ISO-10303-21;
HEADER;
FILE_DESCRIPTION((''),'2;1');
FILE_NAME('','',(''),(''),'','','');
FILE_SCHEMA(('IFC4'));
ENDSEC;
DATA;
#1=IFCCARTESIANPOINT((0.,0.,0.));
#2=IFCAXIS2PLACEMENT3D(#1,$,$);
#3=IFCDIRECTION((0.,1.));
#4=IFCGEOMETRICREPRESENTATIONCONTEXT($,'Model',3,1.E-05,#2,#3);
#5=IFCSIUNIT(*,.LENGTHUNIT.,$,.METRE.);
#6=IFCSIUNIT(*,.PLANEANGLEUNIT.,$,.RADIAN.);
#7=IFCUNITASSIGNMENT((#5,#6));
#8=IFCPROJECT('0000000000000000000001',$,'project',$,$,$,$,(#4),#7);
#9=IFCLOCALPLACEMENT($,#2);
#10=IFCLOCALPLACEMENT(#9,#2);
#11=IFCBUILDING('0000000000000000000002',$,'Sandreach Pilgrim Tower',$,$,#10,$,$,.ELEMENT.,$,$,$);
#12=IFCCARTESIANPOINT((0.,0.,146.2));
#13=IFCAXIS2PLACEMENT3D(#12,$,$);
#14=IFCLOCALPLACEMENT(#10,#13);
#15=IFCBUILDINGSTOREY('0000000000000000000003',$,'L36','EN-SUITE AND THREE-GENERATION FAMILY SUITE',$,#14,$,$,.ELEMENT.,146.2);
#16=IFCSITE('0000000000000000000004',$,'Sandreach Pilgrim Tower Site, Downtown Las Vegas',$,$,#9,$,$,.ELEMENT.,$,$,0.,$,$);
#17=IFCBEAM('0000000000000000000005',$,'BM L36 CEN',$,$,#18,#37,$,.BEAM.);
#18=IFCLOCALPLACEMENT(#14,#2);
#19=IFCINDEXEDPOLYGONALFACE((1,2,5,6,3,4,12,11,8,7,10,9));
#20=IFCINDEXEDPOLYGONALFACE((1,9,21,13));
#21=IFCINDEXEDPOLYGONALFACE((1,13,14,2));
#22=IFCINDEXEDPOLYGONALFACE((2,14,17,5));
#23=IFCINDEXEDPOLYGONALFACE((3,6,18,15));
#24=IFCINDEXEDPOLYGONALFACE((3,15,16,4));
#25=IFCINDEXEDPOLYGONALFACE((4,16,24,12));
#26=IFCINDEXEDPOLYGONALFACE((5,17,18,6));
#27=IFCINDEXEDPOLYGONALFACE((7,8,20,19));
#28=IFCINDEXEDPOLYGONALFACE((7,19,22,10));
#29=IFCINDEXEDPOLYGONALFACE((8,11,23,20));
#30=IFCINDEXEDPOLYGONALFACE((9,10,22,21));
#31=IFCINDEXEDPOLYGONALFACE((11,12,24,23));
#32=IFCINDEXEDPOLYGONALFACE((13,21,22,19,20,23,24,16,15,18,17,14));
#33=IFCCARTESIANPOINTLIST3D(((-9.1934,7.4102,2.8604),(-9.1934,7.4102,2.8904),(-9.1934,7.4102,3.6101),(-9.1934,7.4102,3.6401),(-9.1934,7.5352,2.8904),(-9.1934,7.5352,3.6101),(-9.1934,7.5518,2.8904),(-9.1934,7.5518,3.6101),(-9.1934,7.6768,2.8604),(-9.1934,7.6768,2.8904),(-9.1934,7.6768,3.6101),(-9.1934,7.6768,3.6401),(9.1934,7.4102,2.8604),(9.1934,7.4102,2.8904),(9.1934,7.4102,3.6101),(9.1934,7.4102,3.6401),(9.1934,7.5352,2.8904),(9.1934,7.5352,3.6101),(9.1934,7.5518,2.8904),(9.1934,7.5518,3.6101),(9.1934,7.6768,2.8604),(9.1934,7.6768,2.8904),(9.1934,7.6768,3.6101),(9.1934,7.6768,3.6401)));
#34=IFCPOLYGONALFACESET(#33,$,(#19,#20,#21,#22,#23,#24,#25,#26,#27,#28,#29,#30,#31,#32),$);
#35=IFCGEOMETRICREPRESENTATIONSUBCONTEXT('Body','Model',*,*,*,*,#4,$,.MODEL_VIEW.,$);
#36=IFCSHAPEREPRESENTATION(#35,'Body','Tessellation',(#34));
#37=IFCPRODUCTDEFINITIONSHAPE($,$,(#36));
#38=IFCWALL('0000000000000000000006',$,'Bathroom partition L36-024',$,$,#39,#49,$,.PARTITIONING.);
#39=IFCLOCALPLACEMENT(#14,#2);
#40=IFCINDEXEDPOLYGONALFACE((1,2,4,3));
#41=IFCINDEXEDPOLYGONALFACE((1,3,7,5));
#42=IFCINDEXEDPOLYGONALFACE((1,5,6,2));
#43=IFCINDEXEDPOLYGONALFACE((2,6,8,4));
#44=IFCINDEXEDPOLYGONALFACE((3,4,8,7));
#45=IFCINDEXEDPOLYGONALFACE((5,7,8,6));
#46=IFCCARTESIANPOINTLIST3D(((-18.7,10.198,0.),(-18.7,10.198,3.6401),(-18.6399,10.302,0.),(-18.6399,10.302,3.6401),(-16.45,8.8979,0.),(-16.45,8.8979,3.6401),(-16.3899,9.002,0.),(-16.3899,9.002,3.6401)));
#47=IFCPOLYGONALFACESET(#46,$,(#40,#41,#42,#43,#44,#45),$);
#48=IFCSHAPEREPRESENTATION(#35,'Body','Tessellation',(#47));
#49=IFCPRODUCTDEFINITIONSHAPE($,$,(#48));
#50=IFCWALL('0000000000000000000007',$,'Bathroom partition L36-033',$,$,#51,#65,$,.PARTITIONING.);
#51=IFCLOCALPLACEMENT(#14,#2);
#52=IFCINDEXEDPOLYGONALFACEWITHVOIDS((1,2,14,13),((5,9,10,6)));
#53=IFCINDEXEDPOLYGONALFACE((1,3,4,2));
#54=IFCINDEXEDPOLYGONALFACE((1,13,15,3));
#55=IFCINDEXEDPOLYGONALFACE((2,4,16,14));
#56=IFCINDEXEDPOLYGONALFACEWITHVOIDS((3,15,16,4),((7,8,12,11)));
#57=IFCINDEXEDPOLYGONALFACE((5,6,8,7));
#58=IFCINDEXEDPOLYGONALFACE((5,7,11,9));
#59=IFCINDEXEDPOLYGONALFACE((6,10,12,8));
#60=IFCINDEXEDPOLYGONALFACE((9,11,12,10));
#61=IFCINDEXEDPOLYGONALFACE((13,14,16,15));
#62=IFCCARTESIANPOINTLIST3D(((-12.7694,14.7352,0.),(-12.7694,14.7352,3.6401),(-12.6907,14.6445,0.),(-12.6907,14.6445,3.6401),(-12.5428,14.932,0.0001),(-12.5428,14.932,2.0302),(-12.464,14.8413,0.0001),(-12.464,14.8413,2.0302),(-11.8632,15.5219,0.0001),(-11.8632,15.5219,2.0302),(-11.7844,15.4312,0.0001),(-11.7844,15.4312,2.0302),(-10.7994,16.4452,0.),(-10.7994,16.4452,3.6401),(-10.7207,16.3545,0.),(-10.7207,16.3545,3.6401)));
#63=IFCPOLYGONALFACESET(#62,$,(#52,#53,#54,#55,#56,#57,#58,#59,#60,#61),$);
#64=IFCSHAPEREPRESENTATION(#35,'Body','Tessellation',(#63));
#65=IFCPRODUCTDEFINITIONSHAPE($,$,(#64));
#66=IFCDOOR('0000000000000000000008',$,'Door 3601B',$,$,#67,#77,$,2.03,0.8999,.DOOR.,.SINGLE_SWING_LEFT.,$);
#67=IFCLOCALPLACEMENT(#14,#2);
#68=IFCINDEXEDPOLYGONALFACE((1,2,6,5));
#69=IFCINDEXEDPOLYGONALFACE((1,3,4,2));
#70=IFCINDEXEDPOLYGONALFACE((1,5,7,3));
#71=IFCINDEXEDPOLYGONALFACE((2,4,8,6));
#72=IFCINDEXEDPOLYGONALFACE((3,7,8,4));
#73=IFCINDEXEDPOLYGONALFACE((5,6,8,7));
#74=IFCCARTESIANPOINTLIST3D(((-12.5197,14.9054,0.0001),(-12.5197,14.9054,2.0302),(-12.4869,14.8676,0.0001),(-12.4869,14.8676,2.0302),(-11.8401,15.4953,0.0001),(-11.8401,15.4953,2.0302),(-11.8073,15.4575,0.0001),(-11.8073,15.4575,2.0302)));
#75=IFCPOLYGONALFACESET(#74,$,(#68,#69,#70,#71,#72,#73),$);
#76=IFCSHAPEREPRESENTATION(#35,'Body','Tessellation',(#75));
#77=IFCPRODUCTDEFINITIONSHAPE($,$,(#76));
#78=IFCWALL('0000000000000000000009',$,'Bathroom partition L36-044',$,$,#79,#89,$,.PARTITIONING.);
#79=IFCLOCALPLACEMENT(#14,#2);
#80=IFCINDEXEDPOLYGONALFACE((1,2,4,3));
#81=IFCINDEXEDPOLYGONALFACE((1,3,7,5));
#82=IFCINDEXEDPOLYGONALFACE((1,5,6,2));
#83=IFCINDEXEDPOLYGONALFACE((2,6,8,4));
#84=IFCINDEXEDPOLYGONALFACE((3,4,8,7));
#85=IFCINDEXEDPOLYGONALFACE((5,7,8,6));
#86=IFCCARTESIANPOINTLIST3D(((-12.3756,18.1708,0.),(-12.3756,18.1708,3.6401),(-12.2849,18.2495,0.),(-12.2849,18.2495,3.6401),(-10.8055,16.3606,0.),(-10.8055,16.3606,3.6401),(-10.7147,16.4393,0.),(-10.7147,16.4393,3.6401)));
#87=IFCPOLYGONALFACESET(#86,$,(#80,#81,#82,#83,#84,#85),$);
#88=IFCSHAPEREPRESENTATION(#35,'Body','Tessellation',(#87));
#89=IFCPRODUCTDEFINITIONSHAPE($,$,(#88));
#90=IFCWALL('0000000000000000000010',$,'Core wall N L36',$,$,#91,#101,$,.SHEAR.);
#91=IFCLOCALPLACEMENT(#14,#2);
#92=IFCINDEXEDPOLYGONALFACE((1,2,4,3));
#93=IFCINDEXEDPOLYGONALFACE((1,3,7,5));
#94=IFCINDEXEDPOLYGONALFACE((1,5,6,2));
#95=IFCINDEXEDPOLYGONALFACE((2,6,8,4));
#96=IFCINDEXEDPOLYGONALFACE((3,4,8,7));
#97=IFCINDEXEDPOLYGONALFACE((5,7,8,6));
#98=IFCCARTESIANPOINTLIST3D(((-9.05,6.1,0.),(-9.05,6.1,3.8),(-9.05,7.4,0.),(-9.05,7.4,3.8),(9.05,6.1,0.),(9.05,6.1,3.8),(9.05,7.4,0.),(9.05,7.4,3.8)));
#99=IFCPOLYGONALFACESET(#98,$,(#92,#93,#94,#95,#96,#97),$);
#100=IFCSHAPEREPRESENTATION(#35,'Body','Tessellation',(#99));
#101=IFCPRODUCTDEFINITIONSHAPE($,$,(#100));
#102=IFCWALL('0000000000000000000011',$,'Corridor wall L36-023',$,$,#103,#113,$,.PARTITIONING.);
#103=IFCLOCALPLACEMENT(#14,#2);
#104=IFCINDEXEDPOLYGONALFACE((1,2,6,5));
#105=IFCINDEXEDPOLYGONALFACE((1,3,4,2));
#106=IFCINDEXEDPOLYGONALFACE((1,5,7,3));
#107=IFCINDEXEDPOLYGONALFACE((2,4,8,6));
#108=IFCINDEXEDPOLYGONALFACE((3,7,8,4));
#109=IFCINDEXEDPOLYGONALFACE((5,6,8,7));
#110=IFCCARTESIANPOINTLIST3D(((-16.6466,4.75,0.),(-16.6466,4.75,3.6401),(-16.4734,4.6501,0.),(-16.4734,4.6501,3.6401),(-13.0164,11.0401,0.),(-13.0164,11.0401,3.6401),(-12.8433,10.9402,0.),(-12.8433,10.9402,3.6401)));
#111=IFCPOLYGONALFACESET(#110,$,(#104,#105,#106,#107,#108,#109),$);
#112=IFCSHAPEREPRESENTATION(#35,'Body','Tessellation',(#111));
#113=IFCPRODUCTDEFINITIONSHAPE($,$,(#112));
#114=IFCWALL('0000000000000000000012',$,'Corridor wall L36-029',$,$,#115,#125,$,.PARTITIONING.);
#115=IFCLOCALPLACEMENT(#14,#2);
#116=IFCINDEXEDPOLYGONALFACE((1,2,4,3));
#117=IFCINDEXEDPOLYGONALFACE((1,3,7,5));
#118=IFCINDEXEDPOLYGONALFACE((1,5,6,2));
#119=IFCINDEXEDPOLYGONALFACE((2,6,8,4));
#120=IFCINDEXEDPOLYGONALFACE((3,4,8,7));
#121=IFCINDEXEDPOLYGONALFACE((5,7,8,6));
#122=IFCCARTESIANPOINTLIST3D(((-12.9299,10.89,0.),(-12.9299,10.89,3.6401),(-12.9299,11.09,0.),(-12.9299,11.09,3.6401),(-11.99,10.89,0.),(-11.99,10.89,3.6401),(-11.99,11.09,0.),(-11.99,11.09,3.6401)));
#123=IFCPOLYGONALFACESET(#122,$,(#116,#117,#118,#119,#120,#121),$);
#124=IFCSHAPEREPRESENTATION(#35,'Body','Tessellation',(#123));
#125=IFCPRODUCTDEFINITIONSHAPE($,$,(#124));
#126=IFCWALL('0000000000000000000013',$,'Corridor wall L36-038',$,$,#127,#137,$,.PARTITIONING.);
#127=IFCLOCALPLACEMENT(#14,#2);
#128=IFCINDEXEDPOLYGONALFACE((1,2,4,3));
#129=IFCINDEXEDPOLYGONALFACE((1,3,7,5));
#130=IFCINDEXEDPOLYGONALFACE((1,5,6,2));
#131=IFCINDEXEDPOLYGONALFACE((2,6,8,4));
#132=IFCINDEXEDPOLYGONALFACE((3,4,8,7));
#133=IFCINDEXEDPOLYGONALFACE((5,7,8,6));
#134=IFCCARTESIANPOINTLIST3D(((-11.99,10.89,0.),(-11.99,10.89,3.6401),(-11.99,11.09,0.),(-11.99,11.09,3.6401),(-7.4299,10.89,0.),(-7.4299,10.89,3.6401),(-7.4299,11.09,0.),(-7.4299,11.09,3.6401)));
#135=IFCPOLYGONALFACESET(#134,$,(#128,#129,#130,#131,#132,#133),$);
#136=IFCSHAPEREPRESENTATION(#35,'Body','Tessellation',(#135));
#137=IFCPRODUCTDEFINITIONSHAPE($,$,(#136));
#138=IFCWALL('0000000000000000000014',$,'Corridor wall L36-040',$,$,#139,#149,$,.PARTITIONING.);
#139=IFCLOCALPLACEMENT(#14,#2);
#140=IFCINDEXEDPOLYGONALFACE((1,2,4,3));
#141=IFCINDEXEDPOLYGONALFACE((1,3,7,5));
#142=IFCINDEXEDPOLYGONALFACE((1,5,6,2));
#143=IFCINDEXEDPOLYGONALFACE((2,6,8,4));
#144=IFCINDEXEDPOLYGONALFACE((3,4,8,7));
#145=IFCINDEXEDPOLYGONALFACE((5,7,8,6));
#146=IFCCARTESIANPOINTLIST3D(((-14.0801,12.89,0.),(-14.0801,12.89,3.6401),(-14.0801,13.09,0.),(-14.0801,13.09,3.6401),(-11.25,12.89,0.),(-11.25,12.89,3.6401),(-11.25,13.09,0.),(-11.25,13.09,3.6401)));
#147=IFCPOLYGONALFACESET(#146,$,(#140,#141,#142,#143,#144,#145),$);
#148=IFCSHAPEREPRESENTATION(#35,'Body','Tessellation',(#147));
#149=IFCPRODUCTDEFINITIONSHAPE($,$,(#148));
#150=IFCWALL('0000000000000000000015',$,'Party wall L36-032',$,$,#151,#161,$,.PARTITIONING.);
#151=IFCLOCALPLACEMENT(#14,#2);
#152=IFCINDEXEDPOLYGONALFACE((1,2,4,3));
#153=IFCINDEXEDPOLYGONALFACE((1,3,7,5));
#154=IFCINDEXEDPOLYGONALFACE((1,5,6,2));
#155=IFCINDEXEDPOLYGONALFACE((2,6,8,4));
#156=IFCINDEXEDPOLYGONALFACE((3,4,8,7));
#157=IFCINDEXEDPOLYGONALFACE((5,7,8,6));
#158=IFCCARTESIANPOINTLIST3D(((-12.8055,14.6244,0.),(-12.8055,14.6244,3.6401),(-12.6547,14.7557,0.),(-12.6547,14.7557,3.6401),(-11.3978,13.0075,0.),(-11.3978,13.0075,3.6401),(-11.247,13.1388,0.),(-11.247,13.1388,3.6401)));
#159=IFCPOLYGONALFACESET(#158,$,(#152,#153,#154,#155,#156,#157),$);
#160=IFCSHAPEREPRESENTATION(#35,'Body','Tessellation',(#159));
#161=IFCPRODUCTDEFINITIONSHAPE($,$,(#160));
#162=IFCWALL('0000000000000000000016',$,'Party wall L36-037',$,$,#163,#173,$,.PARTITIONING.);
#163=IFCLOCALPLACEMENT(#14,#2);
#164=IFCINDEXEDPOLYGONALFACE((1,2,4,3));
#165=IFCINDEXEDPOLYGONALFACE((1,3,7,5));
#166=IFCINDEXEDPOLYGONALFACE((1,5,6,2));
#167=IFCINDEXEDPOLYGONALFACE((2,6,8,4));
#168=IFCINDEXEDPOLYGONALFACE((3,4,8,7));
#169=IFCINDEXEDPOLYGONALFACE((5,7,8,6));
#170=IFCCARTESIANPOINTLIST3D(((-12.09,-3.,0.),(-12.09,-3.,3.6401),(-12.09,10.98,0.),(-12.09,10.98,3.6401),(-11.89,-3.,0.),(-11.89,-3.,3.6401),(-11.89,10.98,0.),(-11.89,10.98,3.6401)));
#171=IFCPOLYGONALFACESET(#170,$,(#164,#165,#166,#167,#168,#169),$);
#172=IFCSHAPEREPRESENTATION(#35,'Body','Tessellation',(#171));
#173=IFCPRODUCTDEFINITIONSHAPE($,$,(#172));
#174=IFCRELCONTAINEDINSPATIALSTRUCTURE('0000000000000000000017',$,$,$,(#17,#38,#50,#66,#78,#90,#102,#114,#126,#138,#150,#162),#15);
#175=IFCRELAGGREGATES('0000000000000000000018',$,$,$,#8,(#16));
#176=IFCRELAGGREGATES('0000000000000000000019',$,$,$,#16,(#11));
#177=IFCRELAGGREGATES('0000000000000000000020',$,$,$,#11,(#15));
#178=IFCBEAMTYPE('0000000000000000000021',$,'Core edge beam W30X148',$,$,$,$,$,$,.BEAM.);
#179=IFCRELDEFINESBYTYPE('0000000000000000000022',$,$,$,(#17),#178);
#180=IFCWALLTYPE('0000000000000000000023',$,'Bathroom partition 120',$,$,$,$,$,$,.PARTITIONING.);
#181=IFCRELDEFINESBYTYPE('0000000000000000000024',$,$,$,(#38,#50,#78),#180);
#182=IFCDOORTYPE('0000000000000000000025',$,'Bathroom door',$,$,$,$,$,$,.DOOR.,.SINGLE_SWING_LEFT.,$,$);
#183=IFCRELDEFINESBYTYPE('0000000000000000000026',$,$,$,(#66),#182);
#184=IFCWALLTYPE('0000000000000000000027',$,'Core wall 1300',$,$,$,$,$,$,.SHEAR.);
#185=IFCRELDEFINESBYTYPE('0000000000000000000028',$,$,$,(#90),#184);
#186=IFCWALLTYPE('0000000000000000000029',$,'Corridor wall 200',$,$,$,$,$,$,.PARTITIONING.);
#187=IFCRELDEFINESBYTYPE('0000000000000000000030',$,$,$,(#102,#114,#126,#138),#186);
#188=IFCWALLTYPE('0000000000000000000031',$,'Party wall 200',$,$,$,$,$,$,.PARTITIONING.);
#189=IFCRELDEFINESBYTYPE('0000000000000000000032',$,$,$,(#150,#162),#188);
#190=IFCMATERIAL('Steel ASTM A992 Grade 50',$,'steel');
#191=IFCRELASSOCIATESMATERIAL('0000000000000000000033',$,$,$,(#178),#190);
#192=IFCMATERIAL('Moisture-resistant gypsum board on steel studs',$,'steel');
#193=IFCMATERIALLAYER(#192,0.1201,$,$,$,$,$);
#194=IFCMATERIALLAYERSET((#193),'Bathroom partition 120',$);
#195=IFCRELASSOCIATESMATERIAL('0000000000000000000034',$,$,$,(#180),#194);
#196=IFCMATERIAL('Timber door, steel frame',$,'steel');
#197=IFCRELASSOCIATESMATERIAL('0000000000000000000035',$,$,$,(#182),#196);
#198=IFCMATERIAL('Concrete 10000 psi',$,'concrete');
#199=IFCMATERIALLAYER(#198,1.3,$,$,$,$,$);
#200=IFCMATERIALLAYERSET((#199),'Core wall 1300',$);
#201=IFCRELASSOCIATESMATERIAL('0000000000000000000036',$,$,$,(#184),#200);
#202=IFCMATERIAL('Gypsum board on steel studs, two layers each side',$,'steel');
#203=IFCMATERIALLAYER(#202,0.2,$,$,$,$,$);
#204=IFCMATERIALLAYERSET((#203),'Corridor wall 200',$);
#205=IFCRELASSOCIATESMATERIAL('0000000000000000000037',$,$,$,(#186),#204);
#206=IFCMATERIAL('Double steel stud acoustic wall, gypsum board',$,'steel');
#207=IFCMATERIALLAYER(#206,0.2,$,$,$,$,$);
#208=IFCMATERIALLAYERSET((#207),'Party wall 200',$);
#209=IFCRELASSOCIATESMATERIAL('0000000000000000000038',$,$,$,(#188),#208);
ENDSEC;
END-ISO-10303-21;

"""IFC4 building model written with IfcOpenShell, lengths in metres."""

from ifc_helpers import new_model, si_unit, direction, frame, frame_2d, origin, origin_2d, place, context, subcontext, project, spatial, rectangle, i_section, extrude, material, layer, layer_set, material_profile, profile_set, type_object, element, fill, save


model = new_model("IFC4")

# Units and contexts
model_context = context("Model", 3, precision=1e-05, world=origin(), true_north=direction((0.0, 1.0)))
body_context = subcontext(model_context, "Body", "Model", "MODEL_VIEW")
ifc_project = project(units=[si_unit("LENGTHUNIT", "METRE"), si_unit("PLANEANGLEUNIT", "RADIAN")], contexts=[model_context])

# Site, building, storey
site_placement = place(None, origin())
site = spatial("IfcSite", under=ifc_project, at=site_placement, Name="Sandreach Pilgrim Tower Site, Downtown Las Vegas", CompositionType="ELEMENT", RefElevation=0.0)
building_placement = place(site_placement, origin())
building = spatial("IfcBuilding", under=site, at=building_placement, Name="Sandreach Pilgrim Tower", CompositionType="ELEMENT")
storey_placement = place(building_placement, frame((0.0, 0.0, 146.2)))
storey = spatial("IfcBuildingStorey", under=building, at=storey_placement, Name="L36", Description="EN-SUITE AND THREE-GENERATION FAMILY SUITE", CompositionType="ELEMENT", Elevation=146.2)

# Beam
ifc_material_1 = material(Name="Steel ASTM A992 Grade 50", Category="steel")
ifc_material_profile = material_profile(ifc_material_1, i_section(OverallWidth=0.2666, OverallDepth=0.7798, WebThickness=0.0166, FlangeThickness=0.03, at=origin_2d()), Name="W30X148")
ifc_profile_set = profile_set([ifc_material_profile], Name="Steel ASTM A992 Grade 50")
beam_type = type_object("IfcBeamType", Name="Core edge beam W30X148", PredefinedType="BEAM", material=ifc_profile_set)
beam_placement = place(storey_placement, frame((-9.1934, 7.5435, 3.2502), z_axis=(1.0, 0.0, 0.0), x_axis=(0.0, 1.0, 0.0)))
element("IfcBeam", 1, at=beam_placement, inside=storey, type_object=beam_type, Name="BM L36 CEN", PredefinedType="BEAM", context=body_context, shape_type="SweptSolid", body=[
    extrude(i_section(OverallWidth=0.2666, OverallDepth=0.7798, WebThickness=0.0166, FlangeThickness=0.03, at=origin_2d()), origin(), (0.0, 0.0, 1.0), 18.3867),
])

# Wall
ifc_material_2 = material(Name="Moisture-resistant gypsum board on steel studs", Category="steel")
ifc_layer_1 = layer(ifc_material_2, 0.1201)
ifc_layer_set_1 = layer_set([ifc_layer_1], Name="Bathroom partition 120")
wall_type_1 = type_object("IfcWallType", Name="Bathroom partition 120", PredefinedType="PARTITIONING", material=ifc_layer_set_1)
wall_1_placement = place(storey_placement, frame((-16.4199, 8.95, 0.0), z_axis=(0.0, 0.0, 1.0), x_axis=(-0.865857, 0.500292, 0.0)))
element("IfcWall", 2, at=wall_1_placement, inside=storey, type_object=wall_type_1, Name="Bathroom partition L36-024", PredefinedType="PARTITIONING", context=body_context, shape_type="SweptSolid", body=[
    extrude(rectangle(XDim=2.5986, YDim=0.1201, at=frame_2d((1.2993, 0.0))), origin(), (0.0, 0.0, 1.0), 3.6401),
])

# Wall, opening, door
wall_2_placement = place(storey_placement, frame((-12.73, 14.6899, 0.0), z_axis=(0.0, 0.0, 1.0), x_axis=(0.755186, 0.655511, 0.0)))
wall_2 = element("IfcWall", 3, at=wall_2_placement, inside=storey, type_object=wall_type_1, Name="Bathroom partition L36-033", PredefinedType="PARTITIONING", context=body_context, shape_type="SweptSolid", body=[
    extrude(rectangle(XDim=2.6086, YDim=0.1201, at=frame_2d((1.3042, 0.0))), origin(), (0.0, 0.0, 1.0), 3.6401),
])
opening_1_placement = place(wall_2_placement, frame((0.3, 0.0, 0.0)))
opening_1 = element("IfcOpeningElement", 4, at=opening_1_placement, cuts=wall_2, PredefinedType="OPENING", context=body_context, shape_type="SweptSolid", body=[
    extrude(rectangle(XDim=0.8999, YDim=2.03, at=frame_2d((0.45, 1.0151))), frame((0.0, 0.0601, 0.0), z_axis=(0.0, -1.0, 0.0), x_axis=(1.0, 0.0, 0.0)), (0.0, 0.0, 1.0), 0.1201),
])
ifc_material_3 = material(Name="Timber door, steel frame", Category="steel")
door_type_1 = type_object("IfcDoorType", Name="Bathroom door", OperationType="SINGLE_SWING_LEFT", PredefinedType="DOOR", material=ifc_material_3)
door_1_placement = place(opening_1_placement, origin())
door_1 = element("IfcDoor", 5, at=door_1_placement, inside=storey, type_object=door_type_1, Name="Door 3601B", OperationType="SINGLE_SWING_LEFT", OverallHeight=2.03, OverallWidth=0.8999, PredefinedType="DOOR", context=body_context, shape_type="SweptSolid", body=[
    extrude(rectangle(XDim=0.8999, YDim=2.03, at=frame_2d((0.45, 1.0151))), frame((0.0, 0.0249, 0.0), z_axis=(0.0, -1.0, 0.0), x_axis=(1.0, 0.0, 0.0)), (0.0, 0.0, 1.0), 0.05),
])
fill(opening_1, door_1)

# Wall
wall_3_placement = place(storey_placement, frame((-10.76, 16.3999, 0.0), z_axis=(0.0, 0.0, 1.0), x_axis=(-0.655252, 0.75541, 0.0)))
element("IfcWall", 6, at=wall_3_placement, inside=storey, type_object=wall_type_1, Name="Bathroom partition L36-044", PredefinedType="PARTITIONING", context=body_context, shape_type="SweptSolid", body=[
    extrude(rectangle(XDim=2.3962, YDim=0.1201, at=frame_2d((1.1982, 0.0))), origin(), (0.0, 0.0, 1.0), 3.6401),
])

# Walls
ifc_material_4 = material(Name="Concrete 10000 psi", Category="concrete")
ifc_layer_2 = layer(ifc_material_4, 1.3)
ifc_layer_set_2 = layer_set([ifc_layer_2], Name="Core wall 1300")
wall_type_2 = type_object("IfcWallType", Name="Core wall 1300", PredefinedType="SHEAR", material=ifc_layer_set_2)
wall_4_placement = place(storey_placement, frame((-9.05, 6.75, 0.0), z_axis=(0.0, 0.0, 1.0), x_axis=(1.0, 0.0, 0.0)))
element("IfcWall", 7, at=wall_4_placement, inside=storey, type_object=wall_type_2, Name="Core wall N L36", PredefinedType="SHEAR", context=body_context, shape_type="SweptSolid", body=[
    extrude(rectangle(XDim=18.1001, YDim=1.3, at=frame_2d((9.05, 0.0))), origin(), (0.0, 0.0, 1.0), 3.8),
])
ifc_material_5 = material(Name="Gypsum board on steel studs, two layers each side", Category="steel")
ifc_layer_3 = layer(ifc_material_5, 0.2)
ifc_layer_set_3 = layer_set([ifc_layer_3], Name="Corridor wall 200")
wall_type_3 = type_object("IfcWallType", Name="Corridor wall 200", PredefinedType="PARTITIONING", material=ifc_layer_set_3)
wall_5_placement = place(storey_placement, frame((-16.5601, 4.7, 0.0), z_axis=(0.0, 0.0, 1.0), x_axis=(0.499852, 0.866111, 0.0)))
element("IfcWall", 8, at=wall_5_placement, inside=storey, type_object=wall_type_3, Name="Corridor wall L36-023", PredefinedType="PARTITIONING", context=body_context, shape_type="SweptSolid", body=[
    extrude(rectangle(XDim=7.2625, YDim=0.2, at=frame_2d((3.6313, 0.0))), origin(), (0.0, 0.0, 1.0), 3.6401),
])

# Walls
wall_6_placement = place(storey_placement, frame((-12.9299, 10.99, 0.0), z_axis=(0.0, 0.0, 1.0), x_axis=(1.0, 0.0, 0.0)))
element("IfcWall", 9, at=wall_6_placement, inside=storey, type_object=wall_type_3, Name="Corridor wall L36-029", PredefinedType="PARTITIONING", context=body_context, shape_type="SweptSolid", body=[
    extrude(rectangle(XDim=0.9399, YDim=0.2, at=frame_2d((0.47, 0.0))), origin(), (0.0, 0.0, 1.0), 3.6401),
])
wall_7_placement = place(storey_placement, frame((-11.99, 10.99, 0.0), z_axis=(0.0, 0.0, 1.0), x_axis=(1.0, 0.0, 0.0)))
element("IfcWall", 10, at=wall_7_placement, inside=storey, type_object=wall_type_3, Name="Corridor wall L36-038", PredefinedType="PARTITIONING", context=body_context, shape_type="SweptSolid", body=[
    extrude(rectangle(XDim=4.5601, YDim=0.2, at=frame_2d((2.28, 0.0))), origin(), (0.0, 0.0, 1.0), 3.6401),
])
wall_8_placement = place(storey_placement, frame((-11.25, 12.99, 0.0), z_axis=(0.0, 0.0, 1.0), x_axis=(-1.0, 0.0, 0.0)))
element("IfcWall", 11, at=wall_8_placement, inside=storey, type_object=wall_type_3, Name="Corridor wall L36-040", PredefinedType="PARTITIONING", context=body_context, shape_type="SweptSolid", body=[
    extrude(rectangle(XDim=2.8301, YDim=0.2, at=frame_2d((1.415, 0.0))), origin(), (0.0, 0.0, 1.0), 3.6401),
])

# Walls
ifc_material_6 = material(Name="Double steel stud acoustic wall, gypsum board", Category="steel")
ifc_layer_4 = layer(ifc_material_6, 0.2)
ifc_layer_set_4 = layer_set([ifc_layer_4], Name="Party wall 200")
wall_type_4 = type_object("IfcWallType", Name="Party wall 200", PredefinedType="PARTITIONING", material=ifc_layer_set_4)
wall_9_placement = place(storey_placement, frame((-12.73, 14.6899, 0.0), z_axis=(0.0, 0.0, 1.0), x_axis=(0.656624, -0.754218, 0.0)))
element("IfcWall", 12, at=wall_9_placement, inside=storey, type_object=wall_type_4, Name="Party wall L36-032", PredefinedType="PARTITIONING", context=body_context, shape_type="SweptSolid", body=[
    extrude(rectangle(XDim=2.1438, YDim=0.2, at=frame_2d((1.0718, 0.0))), origin(), (0.0, 0.0, 1.0), 3.6401),
])
wall_10_placement = place(storey_placement, frame((-11.99, 10.98, 0.0), z_axis=(0.0, 0.0, 1.0), x_axis=(0.0, -1.0, 0.0)))
element("IfcWall", 13, at=wall_10_placement, inside=storey, type_object=wall_type_4, Name="Party wall L36-037", PredefinedType="PARTITIONING", context=body_context, shape_type="SweptSolid", body=[
    extrude(rectangle(XDim=13.98, YDim=0.2, at=frame_2d((6.99, 0.0))), origin(), (0.0, 0.0, 1.0), 3.6401),
])

save(model, "model.ifc")
